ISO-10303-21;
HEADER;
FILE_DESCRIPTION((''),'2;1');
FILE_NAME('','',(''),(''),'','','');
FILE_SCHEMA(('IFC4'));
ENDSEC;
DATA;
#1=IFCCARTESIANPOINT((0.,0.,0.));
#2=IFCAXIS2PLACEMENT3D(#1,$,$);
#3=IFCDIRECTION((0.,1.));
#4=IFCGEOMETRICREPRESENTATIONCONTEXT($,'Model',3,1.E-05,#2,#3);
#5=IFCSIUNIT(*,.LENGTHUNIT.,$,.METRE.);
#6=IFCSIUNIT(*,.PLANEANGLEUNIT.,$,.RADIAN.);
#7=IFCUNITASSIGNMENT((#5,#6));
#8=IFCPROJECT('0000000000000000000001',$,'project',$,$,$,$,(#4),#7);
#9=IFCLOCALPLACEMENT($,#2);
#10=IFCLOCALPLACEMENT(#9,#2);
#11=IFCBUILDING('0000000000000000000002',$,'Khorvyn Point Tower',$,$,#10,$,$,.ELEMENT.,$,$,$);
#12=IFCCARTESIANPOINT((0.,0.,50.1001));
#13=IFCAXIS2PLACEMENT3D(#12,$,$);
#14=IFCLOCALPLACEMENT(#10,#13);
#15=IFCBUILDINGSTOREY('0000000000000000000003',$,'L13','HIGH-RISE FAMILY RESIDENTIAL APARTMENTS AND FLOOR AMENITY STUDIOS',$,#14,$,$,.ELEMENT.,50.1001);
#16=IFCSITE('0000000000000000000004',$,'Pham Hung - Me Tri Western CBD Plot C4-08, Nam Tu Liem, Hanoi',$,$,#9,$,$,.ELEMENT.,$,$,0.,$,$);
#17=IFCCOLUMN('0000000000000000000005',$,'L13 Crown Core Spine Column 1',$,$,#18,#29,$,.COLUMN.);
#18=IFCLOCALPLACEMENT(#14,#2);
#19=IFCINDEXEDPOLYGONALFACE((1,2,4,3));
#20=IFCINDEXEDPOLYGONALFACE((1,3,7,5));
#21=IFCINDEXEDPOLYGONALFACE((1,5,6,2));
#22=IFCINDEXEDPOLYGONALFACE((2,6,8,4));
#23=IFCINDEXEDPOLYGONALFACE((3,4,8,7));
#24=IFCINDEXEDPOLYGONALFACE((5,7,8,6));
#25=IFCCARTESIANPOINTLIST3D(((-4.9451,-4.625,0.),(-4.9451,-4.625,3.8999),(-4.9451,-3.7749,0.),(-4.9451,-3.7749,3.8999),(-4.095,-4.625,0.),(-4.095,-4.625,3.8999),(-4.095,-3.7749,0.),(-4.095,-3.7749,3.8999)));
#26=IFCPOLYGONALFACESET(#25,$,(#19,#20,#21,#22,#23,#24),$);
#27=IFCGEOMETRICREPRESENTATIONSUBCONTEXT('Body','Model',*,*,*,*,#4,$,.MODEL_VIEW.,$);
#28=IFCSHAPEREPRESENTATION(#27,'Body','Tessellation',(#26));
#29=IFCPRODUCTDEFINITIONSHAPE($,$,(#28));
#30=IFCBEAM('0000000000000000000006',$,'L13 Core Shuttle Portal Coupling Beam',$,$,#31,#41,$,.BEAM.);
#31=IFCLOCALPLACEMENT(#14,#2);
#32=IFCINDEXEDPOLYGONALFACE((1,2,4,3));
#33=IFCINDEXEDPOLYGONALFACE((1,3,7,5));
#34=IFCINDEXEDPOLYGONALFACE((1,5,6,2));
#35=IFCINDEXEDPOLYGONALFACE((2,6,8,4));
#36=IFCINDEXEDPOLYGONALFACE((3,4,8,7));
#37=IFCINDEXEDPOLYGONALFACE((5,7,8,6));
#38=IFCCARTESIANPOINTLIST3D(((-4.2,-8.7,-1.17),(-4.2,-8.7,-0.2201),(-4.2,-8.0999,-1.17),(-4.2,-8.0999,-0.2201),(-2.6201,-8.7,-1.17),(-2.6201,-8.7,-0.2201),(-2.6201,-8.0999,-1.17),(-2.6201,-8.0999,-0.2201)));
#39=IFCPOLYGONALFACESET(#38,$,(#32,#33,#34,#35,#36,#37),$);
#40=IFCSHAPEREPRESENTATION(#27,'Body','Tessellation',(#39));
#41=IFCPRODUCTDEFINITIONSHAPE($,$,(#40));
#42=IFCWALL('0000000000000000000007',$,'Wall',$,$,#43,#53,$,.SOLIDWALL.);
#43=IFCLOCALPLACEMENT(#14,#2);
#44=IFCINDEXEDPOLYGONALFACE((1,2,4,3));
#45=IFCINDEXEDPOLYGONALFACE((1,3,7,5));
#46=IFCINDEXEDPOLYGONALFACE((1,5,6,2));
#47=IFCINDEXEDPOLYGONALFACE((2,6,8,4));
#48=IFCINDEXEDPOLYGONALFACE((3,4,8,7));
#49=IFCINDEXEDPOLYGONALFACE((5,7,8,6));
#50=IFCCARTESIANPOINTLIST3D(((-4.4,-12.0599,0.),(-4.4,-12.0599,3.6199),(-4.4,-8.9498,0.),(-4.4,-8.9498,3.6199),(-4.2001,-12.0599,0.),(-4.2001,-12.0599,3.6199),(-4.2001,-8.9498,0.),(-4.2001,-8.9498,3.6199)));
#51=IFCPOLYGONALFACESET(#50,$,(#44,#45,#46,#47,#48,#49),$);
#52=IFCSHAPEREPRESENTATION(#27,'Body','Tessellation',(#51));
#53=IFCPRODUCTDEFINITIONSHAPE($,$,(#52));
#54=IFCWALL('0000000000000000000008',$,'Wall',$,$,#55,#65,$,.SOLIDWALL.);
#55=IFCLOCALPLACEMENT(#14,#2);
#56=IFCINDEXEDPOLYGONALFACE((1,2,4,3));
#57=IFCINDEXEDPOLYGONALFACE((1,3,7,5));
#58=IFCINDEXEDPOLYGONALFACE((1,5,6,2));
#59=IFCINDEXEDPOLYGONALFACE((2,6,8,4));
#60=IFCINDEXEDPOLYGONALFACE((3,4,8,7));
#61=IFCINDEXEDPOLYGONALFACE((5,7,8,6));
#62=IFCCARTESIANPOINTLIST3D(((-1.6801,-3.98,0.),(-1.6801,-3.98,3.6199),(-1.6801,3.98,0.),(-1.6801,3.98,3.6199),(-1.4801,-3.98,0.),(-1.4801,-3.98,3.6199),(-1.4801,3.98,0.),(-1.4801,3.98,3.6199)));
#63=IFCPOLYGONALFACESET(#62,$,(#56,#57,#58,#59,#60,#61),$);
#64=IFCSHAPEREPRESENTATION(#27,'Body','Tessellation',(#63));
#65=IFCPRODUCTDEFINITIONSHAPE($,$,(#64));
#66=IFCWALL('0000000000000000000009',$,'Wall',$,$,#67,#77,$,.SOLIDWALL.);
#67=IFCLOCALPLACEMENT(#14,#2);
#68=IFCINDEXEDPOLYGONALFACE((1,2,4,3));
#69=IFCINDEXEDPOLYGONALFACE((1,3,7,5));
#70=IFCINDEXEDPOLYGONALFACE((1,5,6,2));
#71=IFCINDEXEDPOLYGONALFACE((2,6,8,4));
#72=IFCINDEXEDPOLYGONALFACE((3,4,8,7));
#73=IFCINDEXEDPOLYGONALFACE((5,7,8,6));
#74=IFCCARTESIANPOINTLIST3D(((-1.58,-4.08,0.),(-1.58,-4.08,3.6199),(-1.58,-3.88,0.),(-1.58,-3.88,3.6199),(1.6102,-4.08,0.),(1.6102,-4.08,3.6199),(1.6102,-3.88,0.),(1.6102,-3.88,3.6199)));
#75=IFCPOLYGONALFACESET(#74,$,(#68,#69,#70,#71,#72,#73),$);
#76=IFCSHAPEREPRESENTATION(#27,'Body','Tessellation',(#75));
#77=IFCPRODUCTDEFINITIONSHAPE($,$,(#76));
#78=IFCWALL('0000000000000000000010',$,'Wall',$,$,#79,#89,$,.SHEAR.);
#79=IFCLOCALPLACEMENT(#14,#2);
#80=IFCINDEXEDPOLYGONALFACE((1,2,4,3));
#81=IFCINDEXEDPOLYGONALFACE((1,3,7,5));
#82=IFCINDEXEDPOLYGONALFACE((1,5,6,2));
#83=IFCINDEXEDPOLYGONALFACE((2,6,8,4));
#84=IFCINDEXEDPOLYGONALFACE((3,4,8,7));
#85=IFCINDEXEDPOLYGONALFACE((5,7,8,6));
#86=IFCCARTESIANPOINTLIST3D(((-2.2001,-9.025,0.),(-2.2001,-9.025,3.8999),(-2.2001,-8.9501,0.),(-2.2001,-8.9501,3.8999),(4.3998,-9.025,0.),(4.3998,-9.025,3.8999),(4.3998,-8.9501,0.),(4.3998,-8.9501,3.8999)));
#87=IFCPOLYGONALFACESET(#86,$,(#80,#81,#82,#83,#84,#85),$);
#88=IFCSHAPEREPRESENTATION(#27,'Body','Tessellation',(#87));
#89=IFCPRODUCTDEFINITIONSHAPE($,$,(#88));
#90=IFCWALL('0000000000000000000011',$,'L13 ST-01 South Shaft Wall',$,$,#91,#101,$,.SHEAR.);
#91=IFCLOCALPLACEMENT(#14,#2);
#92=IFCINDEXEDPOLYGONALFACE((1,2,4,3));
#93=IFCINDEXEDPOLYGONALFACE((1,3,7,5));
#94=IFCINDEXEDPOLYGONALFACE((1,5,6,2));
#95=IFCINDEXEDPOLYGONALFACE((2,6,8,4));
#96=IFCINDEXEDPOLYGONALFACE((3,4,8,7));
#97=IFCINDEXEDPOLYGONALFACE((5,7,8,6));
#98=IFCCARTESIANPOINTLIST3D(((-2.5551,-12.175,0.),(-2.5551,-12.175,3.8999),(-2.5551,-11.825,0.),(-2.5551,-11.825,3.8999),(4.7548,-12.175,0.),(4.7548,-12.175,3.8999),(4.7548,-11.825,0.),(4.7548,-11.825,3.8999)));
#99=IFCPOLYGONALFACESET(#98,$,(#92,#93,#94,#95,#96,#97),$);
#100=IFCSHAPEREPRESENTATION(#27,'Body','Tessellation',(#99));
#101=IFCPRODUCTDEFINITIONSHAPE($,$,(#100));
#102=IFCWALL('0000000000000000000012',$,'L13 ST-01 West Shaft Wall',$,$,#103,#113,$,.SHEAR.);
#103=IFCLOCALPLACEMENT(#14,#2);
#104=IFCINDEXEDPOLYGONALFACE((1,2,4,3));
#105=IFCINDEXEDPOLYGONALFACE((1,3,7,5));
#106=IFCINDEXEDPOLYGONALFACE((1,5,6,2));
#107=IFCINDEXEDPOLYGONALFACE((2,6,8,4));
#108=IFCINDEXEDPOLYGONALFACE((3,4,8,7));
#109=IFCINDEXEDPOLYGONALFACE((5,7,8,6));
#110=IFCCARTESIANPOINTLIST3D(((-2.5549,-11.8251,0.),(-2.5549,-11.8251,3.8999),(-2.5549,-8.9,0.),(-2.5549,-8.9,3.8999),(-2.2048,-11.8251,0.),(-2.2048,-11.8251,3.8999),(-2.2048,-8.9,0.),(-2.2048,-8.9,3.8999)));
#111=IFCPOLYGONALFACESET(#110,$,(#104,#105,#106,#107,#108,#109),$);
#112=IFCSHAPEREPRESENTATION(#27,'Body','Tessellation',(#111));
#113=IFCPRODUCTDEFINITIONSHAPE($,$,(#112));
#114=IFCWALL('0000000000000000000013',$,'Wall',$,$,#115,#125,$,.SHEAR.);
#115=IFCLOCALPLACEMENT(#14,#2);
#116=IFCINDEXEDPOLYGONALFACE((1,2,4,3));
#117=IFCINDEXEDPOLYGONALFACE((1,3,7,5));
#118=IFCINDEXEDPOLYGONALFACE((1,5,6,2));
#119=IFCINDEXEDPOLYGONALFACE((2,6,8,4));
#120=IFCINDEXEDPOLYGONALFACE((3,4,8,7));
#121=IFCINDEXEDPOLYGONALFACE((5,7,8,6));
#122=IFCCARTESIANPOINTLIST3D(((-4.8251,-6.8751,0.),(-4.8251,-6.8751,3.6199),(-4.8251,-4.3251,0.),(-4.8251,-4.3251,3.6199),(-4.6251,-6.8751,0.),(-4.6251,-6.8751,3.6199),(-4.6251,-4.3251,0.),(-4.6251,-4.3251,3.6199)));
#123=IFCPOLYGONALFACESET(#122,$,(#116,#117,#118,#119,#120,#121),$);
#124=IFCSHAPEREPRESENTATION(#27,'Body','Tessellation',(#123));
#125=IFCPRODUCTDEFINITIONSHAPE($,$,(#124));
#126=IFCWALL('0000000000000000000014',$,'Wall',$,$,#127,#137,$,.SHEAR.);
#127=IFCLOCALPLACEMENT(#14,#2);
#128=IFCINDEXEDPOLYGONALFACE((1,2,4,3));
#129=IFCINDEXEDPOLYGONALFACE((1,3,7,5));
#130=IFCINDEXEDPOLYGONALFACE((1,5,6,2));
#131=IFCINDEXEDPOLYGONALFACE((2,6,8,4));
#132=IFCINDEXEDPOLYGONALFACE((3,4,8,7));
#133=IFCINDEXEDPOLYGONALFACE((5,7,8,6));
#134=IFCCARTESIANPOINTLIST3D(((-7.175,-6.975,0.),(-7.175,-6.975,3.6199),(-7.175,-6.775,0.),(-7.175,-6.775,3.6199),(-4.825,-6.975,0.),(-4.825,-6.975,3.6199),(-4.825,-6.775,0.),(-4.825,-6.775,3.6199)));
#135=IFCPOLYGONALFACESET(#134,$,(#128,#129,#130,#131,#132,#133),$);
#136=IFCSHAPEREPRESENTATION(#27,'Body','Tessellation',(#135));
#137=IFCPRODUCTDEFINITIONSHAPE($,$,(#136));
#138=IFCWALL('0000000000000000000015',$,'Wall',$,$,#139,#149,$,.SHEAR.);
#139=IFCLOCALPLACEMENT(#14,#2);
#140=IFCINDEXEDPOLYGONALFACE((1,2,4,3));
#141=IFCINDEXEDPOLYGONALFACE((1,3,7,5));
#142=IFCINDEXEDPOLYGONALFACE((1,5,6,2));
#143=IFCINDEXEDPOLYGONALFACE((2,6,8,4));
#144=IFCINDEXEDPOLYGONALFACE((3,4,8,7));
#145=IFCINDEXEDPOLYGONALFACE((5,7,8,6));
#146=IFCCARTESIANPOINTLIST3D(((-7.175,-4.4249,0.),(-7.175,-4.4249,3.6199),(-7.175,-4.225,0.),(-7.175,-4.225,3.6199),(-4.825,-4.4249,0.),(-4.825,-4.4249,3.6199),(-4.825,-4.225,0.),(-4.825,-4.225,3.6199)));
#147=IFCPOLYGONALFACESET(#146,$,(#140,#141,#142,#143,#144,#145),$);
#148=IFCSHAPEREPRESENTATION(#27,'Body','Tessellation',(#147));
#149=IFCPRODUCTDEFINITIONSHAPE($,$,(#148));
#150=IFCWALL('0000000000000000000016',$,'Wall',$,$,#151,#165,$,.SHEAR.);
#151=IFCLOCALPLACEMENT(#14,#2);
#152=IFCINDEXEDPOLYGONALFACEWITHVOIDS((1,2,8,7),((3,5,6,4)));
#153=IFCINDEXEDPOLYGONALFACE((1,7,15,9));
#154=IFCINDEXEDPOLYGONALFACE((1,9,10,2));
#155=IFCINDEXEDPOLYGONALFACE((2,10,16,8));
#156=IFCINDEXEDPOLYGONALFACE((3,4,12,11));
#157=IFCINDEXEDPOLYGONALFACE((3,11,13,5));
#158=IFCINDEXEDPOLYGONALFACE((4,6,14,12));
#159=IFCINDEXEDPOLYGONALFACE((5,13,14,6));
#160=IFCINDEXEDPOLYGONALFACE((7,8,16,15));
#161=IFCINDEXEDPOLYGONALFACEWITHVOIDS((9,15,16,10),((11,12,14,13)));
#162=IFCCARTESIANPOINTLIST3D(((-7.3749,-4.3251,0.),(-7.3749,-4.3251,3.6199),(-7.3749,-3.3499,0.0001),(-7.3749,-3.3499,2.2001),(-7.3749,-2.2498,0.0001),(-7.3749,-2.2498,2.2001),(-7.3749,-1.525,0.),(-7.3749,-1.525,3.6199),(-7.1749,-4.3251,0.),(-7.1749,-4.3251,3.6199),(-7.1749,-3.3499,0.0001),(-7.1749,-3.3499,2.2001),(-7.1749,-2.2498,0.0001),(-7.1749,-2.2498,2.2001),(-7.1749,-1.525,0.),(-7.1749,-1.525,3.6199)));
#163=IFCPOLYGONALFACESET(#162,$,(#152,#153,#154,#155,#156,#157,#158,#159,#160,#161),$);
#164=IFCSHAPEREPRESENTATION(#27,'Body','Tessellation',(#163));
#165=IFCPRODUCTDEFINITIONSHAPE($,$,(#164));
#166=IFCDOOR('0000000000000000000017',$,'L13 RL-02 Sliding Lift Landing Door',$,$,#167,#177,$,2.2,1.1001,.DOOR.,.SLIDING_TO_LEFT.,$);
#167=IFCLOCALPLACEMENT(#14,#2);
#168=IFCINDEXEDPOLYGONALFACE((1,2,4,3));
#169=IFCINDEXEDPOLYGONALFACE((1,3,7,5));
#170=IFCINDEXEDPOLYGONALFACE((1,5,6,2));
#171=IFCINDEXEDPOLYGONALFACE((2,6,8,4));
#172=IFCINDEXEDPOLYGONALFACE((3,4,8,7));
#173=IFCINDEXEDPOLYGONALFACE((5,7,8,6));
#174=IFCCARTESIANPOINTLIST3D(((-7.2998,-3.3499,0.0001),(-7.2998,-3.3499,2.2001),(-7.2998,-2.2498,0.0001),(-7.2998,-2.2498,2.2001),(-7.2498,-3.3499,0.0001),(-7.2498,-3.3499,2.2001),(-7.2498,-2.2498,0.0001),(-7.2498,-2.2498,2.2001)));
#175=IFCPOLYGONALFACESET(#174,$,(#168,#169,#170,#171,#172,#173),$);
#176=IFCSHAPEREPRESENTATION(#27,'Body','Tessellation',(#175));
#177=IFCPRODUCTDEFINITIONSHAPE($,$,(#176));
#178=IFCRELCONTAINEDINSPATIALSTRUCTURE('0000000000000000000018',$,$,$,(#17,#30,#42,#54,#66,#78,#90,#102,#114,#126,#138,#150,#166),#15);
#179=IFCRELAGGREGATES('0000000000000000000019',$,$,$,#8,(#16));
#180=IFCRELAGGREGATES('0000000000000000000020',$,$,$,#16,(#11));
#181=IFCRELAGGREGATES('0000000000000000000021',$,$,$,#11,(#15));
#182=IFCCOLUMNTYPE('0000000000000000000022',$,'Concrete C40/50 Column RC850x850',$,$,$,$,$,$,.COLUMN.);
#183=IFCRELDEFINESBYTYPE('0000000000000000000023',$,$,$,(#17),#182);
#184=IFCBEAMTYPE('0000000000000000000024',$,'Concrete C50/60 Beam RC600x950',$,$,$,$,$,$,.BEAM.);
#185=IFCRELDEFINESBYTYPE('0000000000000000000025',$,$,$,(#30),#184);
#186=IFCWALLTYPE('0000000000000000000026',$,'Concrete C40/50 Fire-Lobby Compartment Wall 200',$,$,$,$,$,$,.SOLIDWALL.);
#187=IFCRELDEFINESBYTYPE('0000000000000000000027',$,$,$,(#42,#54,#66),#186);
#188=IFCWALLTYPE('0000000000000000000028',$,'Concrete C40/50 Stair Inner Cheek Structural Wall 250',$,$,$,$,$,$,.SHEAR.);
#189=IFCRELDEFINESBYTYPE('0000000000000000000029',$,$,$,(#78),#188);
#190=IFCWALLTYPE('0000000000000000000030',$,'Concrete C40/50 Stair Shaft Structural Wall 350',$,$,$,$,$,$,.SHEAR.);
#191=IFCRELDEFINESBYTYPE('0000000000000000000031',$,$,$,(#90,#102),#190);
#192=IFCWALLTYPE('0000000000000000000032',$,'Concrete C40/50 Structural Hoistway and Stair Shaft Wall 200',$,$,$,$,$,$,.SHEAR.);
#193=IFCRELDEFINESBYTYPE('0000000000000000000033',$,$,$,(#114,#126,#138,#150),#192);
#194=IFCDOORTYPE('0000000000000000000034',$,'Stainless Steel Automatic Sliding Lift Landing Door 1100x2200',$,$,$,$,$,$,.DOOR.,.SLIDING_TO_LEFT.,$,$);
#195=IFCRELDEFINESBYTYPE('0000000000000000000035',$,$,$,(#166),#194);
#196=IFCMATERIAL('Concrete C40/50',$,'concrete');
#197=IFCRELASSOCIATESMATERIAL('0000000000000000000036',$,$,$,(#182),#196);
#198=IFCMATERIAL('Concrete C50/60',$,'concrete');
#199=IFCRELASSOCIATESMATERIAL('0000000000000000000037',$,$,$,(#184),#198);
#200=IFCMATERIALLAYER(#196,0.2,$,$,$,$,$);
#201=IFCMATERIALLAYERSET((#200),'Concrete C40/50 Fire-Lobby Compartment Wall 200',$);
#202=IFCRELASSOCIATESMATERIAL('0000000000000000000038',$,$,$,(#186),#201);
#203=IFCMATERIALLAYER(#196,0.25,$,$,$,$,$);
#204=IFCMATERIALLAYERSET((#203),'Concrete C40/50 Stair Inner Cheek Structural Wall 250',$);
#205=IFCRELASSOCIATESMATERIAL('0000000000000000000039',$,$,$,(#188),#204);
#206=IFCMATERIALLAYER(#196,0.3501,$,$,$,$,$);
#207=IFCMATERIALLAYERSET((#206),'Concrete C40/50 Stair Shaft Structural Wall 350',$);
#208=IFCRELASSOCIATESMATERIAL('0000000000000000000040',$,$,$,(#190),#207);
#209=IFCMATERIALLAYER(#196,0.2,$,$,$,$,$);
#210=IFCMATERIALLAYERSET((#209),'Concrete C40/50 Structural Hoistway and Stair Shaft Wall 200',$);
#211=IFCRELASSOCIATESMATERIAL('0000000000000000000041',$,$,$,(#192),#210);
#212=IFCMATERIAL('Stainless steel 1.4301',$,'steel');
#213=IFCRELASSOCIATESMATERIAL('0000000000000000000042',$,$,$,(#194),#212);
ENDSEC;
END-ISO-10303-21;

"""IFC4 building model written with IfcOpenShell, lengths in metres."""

from ifc_helpers import new_model, si_unit, direction, frame, frame_2d, origin, origin_2d, place, context, subcontext, project, spatial, rectangle, extrude, material, layer, layer_set, material_profile, profile_set, type_object, element, fill, save


model = new_model("IFC4")

# Units and contexts
model_context = context("Model", 3, precision=1e-05, world=origin(), true_north=direction((0.0, 1.0)))
body_context = subcontext(model_context, "Body", "Model", "MODEL_VIEW")
ifc_project = project(units=[si_unit("LENGTHUNIT", "METRE"), si_unit("PLANEANGLEUNIT", "RADIAN")], contexts=[model_context])

# Site, building, storey
site_placement = place(None, origin())
site = spatial("IfcSite", under=ifc_project, at=site_placement, Name="Pham Hung - Me Tri Western CBD Plot C4-08, Nam Tu Liem, Hanoi", CompositionType="ELEMENT", RefElevation=0.0)
building_placement = place(site_placement, origin())
building = spatial("IfcBuilding", under=site, at=building_placement, Name="Khorvyn Point Tower", CompositionType="ELEMENT")
storey_placement = place(building_placement, frame((0.0, 0.0, 50.1001)))
storey = spatial("IfcBuildingStorey", under=building, at=storey_placement, Name="L13", Description="HIGH-RISE FAMILY RESIDENTIAL APARTMENTS AND FLOOR AMENITY STUDIOS", CompositionType="ELEMENT", Elevation=50.1001)

# Column
ifc_material_1 = material(Name="Concrete C40/50", Category="concrete")
ifc_material_profile_1 = material_profile(ifc_material_1, rectangle(XDim=0.8501, YDim=0.8501, at=origin_2d()))
ifc_profile_set_1 = profile_set([ifc_material_profile_1], Name="Concrete C40/50 RC850x850")
column_type = type_object("IfcColumnType", Name="Concrete C40/50 Column RC850x850", PredefinedType="COLUMN", material=ifc_profile_set_1)
column_placement = place(storey_placement, frame((-4.52, -4.2, 0.0), z_axis=(0.0, 0.0, 1.0), x_axis=(1.0, 0.0, 0.0)))
element("IfcColumn", 1, at=column_placement, inside=storey, type_object=column_type, Name="L13 Crown Core Spine Column 1", PredefinedType="COLUMN", context=body_context, shape_type="SweptSolid", body=[
    extrude(rectangle(XDim=0.8501, YDim=0.8501, at=origin_2d()), origin(), (0.0, 0.0, 1.0), 3.8999),
])

# Beam
ifc_material_2 = material(Name="Concrete C50/60", Category="concrete")
ifc_material_profile_2 = material_profile(ifc_material_2, rectangle(XDim=0.6001, YDim=0.95, at=origin_2d()))
ifc_profile_set_2 = profile_set([ifc_material_profile_2], Name="Concrete C50/60 RC600x950")
beam_type = type_object("IfcBeamType", Name="Concrete C50/60 Beam RC600x950", PredefinedType="BEAM", material=ifc_profile_set_2)
beam_placement = place(storey_placement, frame((-4.2, -8.3999, -0.6951), z_axis=(1.0, 0.0, 0.0), x_axis=(0.0, 1.0, 0.0)))
element("IfcBeam", 2, at=beam_placement, inside=storey, type_object=beam_type, Name="L13 Core Shuttle Portal Coupling Beam", PredefinedType="BEAM", context=body_context, shape_type="SweptSolid", body=[
    extrude(rectangle(XDim=0.6001, YDim=0.95, at=origin_2d()), origin(), (0.0, 0.0, 1.0), 1.5798),
])

# Shared definitions
ifc_layer_1 = layer(ifc_material_1, 0.2)
ifc_layer_set_1 = layer_set([ifc_layer_1], Name="Concrete C40/50 Fire-Lobby Compartment Wall 200")
wall_type_1 = type_object("IfcWallType", Name="Concrete C40/50 Fire-Lobby Compartment Wall 200", PredefinedType="SOLIDWALL", material=ifc_layer_set_1)

# Walls
wall_1_placement = place(storey_placement, frame((-4.3, -12.0601, 0.0), z_axis=(0.0, 0.0, 1.0), x_axis=(0.0, 1.0, 0.0)))
element("IfcWall", 3, at=wall_1_placement, inside=storey, type_object=wall_type_1, Name="Wall", PredefinedType="SOLIDWALL", context=body_context, shape_type="SweptSolid", body=[
    extrude(rectangle(XDim=3.1101, YDim=0.2, at=frame_2d((1.5552, 0.0))), origin(), (0.0, 0.0, 1.0), 3.6199),
])
wall_2_placement = place(storey_placement, frame((-1.5801, -3.98, 0.0), z_axis=(0.0, 0.0, 1.0), x_axis=(0.0, 1.0, 0.0)))
element("IfcWall", 4, at=wall_2_placement, inside=storey, type_object=wall_type_1, Name="Wall", PredefinedType="SOLIDWALL", context=body_context, shape_type="SweptSolid", body=[
    extrude(rectangle(XDim=7.96, YDim=0.2, at=frame_2d((3.98, 0.0))), origin(), (0.0, 0.0, 1.0), 3.6199),
])
wall_3_placement = place(storey_placement, frame((-1.5801, -3.98, 0.0), z_axis=(0.0, 0.0, 1.0), x_axis=(1.0, 0.0, 0.0)))
element("IfcWall", 5, at=wall_3_placement, inside=storey, type_object=wall_type_1, Name="Wall", PredefinedType="SOLIDWALL", context=body_context, shape_type="SweptSolid", body=[
    extrude(rectangle(XDim=3.1902, YDim=0.2, at=frame_2d((1.5952, 0.0))), origin(), (0.0, 0.0, 1.0), 3.6199),
])
ifc_layer_2 = layer(ifc_material_1, 0.25)
ifc_layer_set_2 = layer_set([ifc_layer_2], Name="Concrete C40/50 Stair Inner Cheek Structural Wall 250")
wall_type_2 = type_object("IfcWallType", Name="Concrete C40/50 Stair Inner Cheek Structural Wall 250", PredefinedType="SHEAR", material=ifc_layer_set_2)
wall_4_placement = place(storey_placement, frame((-2.2, -8.9875, 0.0), z_axis=(0.0, 0.0, 1.0), x_axis=(1.0, 0.0, 0.0)))
element("IfcWall", 6, at=wall_4_placement, inside=storey, type_object=wall_type_2, Name="Wall", PredefinedType="SHEAR", context=body_context, shape_type="SweptSolid", body=[
    extrude(rectangle(XDim=6.5999, YDim=0.075, at=frame_2d((3.2998, 0.0))), origin(), (0.0, 0.0, 1.0), 3.8999),
])
ifc_layer_3 = layer(ifc_material_1, 0.3501)
ifc_layer_set_3 = layer_set([ifc_layer_3], Name="Concrete C40/50 Stair Shaft Structural Wall 350")
wall_type_3 = type_object("IfcWallType", Name="Concrete C40/50 Stair Shaft Structural Wall 350", PredefinedType="SHEAR", material=ifc_layer_set_3)
wall_5_placement = place(storey_placement, frame((-2.5549, -12.0, 0.0), z_axis=(0.0, 0.0, 1.0), x_axis=(1.0, 0.0, 0.0)))
element("IfcWall", 7, at=wall_5_placement, inside=storey, type_object=wall_type_3, Name="L13 ST-01 South Shaft Wall", PredefinedType="SHEAR", context=body_context, shape_type="SweptSolid", body=[
    extrude(rectangle(XDim=7.3098, YDim=0.3501, at=frame_2d((3.6548, 0.0))), origin(), (0.0, 0.0, 1.0), 3.8999),
])
wall_6_placement = place(storey_placement, frame((-2.3799, -11.825, 0.0), z_axis=(0.0, 0.0, 1.0), x_axis=(0.0, 1.0, 0.0)))
element("IfcWall", 8, at=wall_6_placement, inside=storey, type_object=wall_type_3, Name="L13 ST-01 West Shaft Wall", PredefinedType="SHEAR", context=body_context, shape_type="SweptSolid", body=[
    extrude(rectangle(XDim=2.925, YDim=0.3501, at=frame_2d((1.4624, 0.0))), origin(), (0.0, 0.0, 1.0), 3.8999),
])
ifc_layer_4 = layer(ifc_material_1, 0.2)
ifc_layer_set_4 = layer_set([ifc_layer_4], Name="Concrete C40/50 Structural Hoistway and Stair Shaft Wall 200")
wall_type_4 = type_object("IfcWallType", Name="Concrete C40/50 Structural Hoistway and Stair Shaft Wall 200", PredefinedType="SHEAR", material=ifc_layer_set_4)
wall_7_placement = place(storey_placement, frame((-4.7251, -6.875, 0.0), z_axis=(0.0, 0.0, 1.0), x_axis=(0.0, 1.0, 0.0)))
element("IfcWall", 9, at=wall_7_placement, inside=storey, type_object=wall_type_4, Name="Wall", PredefinedType="SHEAR", context=body_context, shape_type="SweptSolid", body=[
    extrude(rectangle(XDim=2.55, YDim=0.2, at=frame_2d((1.2749, 0.0))), origin(), (0.0, 0.0, 1.0), 3.6199),
])
for number, where, z_axis, x_axis, name in (
    (10, (-7.175, -6.875, 0.0), (0.0, 0.0, 1.0), (1.0, 0.0, 0.0), "Wall"),
    (11, (-7.175, -4.325, 0.0), (0.0, 0.0, 1.0), (1.0, 0.0, 0.0), "Wall"),
):
    element("IfcWall", number, at=place(storey_placement, frame(where, z_axis=z_axis, x_axis=x_axis)), inside=storey, type_object=wall_type_4, Name=name, PredefinedType="SHEAR", context=body_context, shape_type="SweptSolid", body=[
        extrude(rectangle(XDim=2.3501, YDim=0.2, at=frame_2d((1.175, 0.0))), origin(), (0.0, 0.0, 1.0), 3.6199),
    ])

# Wall, opening, door
wall_8_placement = place(storey_placement, frame((-7.2749, -4.325, 0.0), z_axis=(0.0, 0.0, 1.0), x_axis=(0.0, 1.0, 0.0)))
wall_8 = element("IfcWall", 12, at=wall_8_placement, inside=storey, type_object=wall_type_4, Name="Wall", PredefinedType="SHEAR", context=body_context, shape_type="SweptSolid", body=[
    extrude(rectangle(XDim=2.8, YDim=0.2, at=frame_2d((1.3999, 0.0))), origin(), (0.0, 0.0, 1.0), 3.6199),
])
opening_1_placement = place(wall_8_placement, frame((0.9751, 0.0, 0.0)))
opening_1 = element("IfcOpeningElement", 13, at=opening_1_placement, cuts=wall_8, PredefinedType="OPENING", context=body_context, shape_type="SweptSolid", body=[
    extrude(rectangle(XDim=1.1001, YDim=2.2, at=frame_2d((0.55, 1.1001))), frame((0.0, 0.1099, 0.0), z_axis=(0.0, -1.0, 0.0), x_axis=(1.0, 0.0, 0.0)), (0.0, 0.0, 1.0), 0.22),
])
ifc_material_3 = material(Name="Stainless steel 1.4301", Category="steel")
door_type_1 = type_object("IfcDoorType", Name="Stainless Steel Automatic Sliding Lift Landing Door 1100x2200", OperationType="SLIDING_TO_LEFT", PredefinedType="DOOR", material=ifc_material_3)
door_1_placement = place(opening_1_placement, origin())
door_1 = element("IfcDoor", 14, at=door_1_placement, inside=storey, type_object=door_type_1, Name="L13 RL-02 Sliding Lift Landing Door", OperationType="SLIDING_TO_LEFT", OverallHeight=2.2, OverallWidth=1.1001, PredefinedType="DOOR", context=body_context, shape_type="SweptSolid", body=[
    extrude(rectangle(XDim=1.1001, YDim=2.2, at=frame_2d((0.55, 1.1001))), frame((0.0, 0.0249, 0.0), z_axis=(0.0, -1.0, 0.0), x_axis=(1.0, 0.0, 0.0)), (0.0, 0.0, 1.0), 0.05),
])
fill(opening_1, door_1)

save(model, "model.ifc")
